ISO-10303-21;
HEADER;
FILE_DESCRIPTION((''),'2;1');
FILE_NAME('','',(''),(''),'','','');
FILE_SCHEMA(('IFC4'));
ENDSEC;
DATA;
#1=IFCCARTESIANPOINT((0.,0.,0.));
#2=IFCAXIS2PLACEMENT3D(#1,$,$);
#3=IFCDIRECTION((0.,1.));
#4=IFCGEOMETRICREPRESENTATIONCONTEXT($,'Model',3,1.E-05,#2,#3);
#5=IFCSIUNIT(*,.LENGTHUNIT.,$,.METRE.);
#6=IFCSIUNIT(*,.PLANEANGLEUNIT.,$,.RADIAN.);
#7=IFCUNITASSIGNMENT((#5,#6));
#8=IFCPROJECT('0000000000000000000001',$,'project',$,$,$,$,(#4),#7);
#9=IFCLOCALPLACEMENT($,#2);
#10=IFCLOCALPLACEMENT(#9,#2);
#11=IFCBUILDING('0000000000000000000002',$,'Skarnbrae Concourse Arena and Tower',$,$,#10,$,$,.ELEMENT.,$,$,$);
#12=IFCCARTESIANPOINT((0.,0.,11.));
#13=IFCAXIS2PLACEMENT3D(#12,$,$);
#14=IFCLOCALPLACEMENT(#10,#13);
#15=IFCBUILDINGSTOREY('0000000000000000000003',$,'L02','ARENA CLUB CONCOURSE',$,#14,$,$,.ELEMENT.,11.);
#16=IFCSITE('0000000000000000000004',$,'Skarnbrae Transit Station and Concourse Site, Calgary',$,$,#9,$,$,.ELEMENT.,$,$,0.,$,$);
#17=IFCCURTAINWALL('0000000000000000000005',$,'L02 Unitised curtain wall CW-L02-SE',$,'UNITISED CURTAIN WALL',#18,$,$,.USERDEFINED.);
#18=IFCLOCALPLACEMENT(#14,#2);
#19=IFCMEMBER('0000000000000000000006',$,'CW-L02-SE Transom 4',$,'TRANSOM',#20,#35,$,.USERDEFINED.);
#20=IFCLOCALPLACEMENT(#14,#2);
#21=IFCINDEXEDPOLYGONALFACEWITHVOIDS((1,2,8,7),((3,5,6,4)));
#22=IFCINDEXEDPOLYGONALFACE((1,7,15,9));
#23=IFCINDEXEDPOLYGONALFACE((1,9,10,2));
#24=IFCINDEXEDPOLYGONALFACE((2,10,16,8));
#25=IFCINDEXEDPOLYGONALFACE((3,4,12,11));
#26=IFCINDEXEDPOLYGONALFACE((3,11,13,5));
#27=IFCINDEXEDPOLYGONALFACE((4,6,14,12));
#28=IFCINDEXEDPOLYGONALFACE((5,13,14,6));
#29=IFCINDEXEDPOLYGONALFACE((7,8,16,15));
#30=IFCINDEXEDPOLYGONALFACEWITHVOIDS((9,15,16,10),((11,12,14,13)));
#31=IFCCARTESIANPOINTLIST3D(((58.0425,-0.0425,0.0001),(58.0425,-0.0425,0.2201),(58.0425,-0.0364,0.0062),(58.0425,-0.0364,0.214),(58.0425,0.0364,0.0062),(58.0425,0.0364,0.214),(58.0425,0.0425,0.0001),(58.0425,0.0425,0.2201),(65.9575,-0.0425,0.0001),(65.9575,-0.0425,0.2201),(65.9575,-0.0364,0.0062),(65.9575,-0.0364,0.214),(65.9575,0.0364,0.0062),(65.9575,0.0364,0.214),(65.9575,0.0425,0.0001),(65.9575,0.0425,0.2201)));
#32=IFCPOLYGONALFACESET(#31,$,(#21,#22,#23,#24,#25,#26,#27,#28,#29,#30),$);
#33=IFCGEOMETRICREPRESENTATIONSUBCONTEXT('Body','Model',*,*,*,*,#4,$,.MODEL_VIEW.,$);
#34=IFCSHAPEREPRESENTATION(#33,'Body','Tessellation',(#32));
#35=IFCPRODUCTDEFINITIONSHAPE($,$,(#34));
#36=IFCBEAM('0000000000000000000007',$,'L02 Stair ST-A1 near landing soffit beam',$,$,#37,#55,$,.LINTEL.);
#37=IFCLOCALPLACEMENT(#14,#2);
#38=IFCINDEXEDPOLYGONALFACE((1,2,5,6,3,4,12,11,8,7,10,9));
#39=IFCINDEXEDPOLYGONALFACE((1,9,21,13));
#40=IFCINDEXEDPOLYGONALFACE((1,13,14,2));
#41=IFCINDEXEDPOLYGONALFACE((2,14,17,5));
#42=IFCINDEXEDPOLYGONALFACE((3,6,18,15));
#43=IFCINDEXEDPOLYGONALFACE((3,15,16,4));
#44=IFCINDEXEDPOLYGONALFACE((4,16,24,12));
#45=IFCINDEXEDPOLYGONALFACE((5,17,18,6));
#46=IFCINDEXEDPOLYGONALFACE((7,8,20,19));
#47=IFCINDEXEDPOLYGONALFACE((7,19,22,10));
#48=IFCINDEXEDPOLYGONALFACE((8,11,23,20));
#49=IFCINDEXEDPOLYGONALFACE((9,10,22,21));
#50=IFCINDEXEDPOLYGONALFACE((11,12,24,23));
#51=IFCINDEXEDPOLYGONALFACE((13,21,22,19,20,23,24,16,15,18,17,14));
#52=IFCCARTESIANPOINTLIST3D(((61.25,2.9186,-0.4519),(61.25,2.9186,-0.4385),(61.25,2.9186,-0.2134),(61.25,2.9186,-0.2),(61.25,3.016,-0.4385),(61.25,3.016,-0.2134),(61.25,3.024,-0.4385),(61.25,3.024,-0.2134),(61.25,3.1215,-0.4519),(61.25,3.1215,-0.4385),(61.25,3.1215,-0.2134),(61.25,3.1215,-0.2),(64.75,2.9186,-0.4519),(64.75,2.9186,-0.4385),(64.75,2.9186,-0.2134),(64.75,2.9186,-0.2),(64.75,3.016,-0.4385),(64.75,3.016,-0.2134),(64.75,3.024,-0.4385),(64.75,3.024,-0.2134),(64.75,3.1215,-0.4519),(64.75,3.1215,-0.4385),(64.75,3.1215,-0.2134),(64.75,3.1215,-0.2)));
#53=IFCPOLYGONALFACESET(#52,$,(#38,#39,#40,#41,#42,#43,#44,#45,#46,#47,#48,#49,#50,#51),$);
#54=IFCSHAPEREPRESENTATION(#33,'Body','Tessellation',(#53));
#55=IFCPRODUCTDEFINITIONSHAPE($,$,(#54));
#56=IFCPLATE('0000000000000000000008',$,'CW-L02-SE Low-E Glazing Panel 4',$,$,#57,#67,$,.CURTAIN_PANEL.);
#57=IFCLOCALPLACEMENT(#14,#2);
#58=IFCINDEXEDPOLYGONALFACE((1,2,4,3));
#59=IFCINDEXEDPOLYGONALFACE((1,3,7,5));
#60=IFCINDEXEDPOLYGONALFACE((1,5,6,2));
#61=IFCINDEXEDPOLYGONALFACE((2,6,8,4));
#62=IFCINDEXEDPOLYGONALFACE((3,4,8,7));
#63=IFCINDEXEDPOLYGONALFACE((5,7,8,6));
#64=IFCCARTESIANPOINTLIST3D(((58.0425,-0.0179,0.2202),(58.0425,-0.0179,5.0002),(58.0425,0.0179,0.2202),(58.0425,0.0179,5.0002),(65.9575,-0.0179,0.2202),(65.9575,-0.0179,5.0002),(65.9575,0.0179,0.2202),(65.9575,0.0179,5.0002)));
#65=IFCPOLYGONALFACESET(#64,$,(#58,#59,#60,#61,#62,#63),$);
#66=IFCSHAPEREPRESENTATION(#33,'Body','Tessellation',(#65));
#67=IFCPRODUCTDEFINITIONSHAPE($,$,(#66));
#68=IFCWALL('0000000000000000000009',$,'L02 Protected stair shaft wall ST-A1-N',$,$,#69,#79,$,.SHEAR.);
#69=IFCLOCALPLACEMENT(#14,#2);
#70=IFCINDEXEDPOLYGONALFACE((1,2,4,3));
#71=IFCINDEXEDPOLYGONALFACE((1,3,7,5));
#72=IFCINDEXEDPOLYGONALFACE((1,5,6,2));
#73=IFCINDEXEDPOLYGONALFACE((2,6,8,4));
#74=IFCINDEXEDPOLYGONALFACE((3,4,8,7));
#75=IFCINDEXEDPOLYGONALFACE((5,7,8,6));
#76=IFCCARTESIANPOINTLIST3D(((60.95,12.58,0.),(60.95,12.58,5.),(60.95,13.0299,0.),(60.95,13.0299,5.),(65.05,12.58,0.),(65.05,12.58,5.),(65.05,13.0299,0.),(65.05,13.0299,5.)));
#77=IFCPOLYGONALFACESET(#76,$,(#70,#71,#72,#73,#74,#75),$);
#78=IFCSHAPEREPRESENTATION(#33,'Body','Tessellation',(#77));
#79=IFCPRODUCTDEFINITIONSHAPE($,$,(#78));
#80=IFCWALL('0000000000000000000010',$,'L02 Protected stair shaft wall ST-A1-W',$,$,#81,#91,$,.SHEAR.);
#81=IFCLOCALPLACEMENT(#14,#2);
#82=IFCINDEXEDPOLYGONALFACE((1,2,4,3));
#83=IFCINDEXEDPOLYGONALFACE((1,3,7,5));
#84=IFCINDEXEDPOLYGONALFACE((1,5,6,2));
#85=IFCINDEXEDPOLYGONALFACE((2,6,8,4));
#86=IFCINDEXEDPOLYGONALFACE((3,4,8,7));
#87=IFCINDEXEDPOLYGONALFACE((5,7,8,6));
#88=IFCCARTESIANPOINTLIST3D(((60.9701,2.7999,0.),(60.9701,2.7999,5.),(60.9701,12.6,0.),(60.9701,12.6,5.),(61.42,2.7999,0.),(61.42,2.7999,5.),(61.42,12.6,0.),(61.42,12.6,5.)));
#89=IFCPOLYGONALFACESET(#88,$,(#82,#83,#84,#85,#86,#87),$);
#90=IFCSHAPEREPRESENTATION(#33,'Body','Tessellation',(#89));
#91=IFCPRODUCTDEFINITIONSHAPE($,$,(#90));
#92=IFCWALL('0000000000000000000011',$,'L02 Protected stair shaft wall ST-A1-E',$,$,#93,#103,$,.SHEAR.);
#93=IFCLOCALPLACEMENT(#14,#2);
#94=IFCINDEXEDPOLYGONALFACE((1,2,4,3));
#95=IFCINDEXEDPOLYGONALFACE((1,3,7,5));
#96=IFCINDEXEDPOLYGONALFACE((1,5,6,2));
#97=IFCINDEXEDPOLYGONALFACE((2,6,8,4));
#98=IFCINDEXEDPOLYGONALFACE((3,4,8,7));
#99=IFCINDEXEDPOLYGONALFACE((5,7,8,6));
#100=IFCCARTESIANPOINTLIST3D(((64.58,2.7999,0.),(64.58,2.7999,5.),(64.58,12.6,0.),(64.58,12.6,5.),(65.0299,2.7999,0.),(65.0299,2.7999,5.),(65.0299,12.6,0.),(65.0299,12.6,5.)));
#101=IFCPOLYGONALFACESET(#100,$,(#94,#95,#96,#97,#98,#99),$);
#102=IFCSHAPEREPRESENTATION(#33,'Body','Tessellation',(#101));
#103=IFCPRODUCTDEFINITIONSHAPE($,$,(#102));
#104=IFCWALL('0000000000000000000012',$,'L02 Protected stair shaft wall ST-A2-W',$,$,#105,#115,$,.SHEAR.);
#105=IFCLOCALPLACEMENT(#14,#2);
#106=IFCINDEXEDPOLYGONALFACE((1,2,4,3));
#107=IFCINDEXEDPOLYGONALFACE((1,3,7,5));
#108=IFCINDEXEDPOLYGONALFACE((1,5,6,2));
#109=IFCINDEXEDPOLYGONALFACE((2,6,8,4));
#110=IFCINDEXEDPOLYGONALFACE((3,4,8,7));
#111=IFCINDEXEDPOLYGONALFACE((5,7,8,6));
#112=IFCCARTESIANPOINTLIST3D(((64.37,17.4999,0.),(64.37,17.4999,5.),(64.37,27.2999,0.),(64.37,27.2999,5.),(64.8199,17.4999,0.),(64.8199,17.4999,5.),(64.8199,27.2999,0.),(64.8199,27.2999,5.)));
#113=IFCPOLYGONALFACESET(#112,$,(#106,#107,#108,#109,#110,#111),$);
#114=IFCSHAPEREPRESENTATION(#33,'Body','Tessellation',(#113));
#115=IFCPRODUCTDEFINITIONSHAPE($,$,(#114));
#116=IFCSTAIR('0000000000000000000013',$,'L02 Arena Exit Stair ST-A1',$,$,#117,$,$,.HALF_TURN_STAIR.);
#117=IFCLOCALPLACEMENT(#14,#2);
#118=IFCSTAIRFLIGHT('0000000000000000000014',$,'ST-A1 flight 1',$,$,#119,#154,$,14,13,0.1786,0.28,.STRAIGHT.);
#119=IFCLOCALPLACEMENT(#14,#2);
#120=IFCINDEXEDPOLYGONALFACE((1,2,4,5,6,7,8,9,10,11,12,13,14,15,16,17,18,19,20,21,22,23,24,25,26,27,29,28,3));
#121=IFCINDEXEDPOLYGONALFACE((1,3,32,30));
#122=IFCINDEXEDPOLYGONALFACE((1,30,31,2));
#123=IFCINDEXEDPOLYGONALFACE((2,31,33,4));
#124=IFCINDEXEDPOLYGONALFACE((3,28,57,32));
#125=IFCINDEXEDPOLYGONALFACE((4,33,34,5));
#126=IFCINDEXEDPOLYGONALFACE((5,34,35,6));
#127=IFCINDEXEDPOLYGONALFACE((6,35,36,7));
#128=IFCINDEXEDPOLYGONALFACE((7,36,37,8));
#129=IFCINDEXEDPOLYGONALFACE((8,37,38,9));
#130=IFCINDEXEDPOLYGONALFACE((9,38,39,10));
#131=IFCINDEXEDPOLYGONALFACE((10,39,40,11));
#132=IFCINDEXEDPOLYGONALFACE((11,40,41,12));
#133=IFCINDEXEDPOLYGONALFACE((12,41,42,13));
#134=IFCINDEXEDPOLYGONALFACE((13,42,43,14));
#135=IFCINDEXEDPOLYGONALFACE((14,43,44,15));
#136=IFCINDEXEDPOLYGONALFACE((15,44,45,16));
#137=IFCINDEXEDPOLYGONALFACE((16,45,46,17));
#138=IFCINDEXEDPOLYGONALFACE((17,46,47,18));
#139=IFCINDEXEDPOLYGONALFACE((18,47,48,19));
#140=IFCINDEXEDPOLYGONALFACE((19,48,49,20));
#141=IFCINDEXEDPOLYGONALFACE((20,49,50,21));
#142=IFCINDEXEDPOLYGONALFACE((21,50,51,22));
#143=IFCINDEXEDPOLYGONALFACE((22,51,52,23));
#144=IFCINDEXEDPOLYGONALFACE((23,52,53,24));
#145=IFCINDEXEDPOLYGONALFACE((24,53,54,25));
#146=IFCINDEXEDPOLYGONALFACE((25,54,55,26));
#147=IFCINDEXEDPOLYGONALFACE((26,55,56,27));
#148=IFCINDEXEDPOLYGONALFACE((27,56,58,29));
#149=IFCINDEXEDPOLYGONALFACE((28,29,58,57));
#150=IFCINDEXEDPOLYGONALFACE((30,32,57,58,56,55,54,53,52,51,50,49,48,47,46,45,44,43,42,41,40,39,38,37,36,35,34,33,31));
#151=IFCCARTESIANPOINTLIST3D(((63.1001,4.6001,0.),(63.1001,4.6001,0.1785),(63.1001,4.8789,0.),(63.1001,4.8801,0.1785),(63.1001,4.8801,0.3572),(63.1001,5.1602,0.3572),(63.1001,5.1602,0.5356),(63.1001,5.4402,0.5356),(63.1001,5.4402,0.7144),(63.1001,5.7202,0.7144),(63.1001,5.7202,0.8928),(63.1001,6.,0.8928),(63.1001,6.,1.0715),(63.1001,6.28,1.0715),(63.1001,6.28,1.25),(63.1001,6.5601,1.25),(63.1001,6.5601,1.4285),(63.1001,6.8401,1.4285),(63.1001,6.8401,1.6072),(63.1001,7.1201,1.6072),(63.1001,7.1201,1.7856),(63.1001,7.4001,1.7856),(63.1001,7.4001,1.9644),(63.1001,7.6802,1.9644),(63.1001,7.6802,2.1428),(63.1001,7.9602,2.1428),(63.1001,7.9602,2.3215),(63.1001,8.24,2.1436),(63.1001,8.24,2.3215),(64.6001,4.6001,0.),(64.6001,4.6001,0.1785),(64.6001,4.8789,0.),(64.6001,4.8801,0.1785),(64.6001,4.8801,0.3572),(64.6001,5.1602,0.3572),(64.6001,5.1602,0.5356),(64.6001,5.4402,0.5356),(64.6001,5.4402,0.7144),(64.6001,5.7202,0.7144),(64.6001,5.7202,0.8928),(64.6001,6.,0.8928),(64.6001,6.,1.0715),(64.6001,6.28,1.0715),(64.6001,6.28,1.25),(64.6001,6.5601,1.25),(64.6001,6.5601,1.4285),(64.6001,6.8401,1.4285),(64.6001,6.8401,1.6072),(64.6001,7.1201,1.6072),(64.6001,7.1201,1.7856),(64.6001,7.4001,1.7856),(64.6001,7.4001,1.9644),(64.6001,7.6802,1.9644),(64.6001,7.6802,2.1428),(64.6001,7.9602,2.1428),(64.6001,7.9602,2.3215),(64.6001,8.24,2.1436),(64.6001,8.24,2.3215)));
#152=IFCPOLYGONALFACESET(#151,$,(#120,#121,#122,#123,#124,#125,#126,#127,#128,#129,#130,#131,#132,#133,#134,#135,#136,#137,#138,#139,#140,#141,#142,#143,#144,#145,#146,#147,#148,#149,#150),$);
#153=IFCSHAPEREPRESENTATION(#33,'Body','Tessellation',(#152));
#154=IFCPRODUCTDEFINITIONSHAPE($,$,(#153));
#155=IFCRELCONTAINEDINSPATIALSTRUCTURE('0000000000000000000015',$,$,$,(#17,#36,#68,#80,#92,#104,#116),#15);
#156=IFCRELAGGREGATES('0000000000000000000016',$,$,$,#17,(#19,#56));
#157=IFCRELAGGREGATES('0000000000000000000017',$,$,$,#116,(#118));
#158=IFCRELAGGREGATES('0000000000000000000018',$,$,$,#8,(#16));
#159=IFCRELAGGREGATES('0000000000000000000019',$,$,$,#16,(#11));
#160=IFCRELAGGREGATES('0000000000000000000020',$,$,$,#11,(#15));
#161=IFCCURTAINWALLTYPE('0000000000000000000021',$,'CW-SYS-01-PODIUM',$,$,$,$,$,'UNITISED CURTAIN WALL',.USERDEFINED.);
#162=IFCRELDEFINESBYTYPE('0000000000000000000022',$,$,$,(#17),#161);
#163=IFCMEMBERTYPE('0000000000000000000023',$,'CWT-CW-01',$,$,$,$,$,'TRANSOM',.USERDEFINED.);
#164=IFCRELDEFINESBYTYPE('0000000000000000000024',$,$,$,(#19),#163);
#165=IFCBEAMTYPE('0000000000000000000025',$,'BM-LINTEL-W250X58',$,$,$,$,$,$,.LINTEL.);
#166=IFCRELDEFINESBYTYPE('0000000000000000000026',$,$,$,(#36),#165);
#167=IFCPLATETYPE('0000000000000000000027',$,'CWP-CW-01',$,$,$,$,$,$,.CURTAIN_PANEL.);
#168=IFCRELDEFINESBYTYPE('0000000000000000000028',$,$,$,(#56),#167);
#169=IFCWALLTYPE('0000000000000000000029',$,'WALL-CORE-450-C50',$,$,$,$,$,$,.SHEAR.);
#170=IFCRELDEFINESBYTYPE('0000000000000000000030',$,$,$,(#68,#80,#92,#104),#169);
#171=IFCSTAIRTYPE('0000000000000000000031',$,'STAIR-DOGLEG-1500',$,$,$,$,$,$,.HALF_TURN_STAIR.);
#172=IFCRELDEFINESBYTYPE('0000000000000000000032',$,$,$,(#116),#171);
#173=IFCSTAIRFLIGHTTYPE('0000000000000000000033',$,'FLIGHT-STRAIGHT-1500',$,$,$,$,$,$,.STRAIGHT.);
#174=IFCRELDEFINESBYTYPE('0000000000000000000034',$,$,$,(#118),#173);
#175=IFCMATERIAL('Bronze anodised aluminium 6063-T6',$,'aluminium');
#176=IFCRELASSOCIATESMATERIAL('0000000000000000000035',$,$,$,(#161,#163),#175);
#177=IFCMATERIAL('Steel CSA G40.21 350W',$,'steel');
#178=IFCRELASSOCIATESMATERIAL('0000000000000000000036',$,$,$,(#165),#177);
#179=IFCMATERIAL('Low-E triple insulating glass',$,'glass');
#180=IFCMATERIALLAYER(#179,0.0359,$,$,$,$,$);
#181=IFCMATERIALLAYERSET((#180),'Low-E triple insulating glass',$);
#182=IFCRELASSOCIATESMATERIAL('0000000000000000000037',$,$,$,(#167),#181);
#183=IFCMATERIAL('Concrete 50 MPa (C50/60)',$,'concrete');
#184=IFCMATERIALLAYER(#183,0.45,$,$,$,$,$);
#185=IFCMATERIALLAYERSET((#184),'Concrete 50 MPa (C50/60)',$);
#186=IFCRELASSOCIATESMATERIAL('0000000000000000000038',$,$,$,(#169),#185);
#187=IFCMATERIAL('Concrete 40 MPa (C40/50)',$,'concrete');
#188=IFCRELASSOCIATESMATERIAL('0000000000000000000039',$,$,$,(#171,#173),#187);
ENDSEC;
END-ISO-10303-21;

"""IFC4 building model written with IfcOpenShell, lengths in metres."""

from ifc_helpers import new_model, si_unit, direction, frame, frame_2d, origin, origin_2d, place, context, subcontext, project, spatial, polyline, rectangle, hollow_rectangle, i_section, outline, extrude, source, transform, mapped, material, layer, layer_set, material_profile, profile_set, type_object, element, aggregate, save


model = new_model("IFC4")

# Units and contexts
model_context = context("Model", 3, precision=1e-05, world=origin(), true_north=direction((0.0, 1.0)))
body_context = subcontext(model_context, "Body", "Model", "MODEL_VIEW")
ifc_project = project(units=[si_unit("LENGTHUNIT", "METRE"), si_unit("PLANEANGLEUNIT", "RADIAN")], contexts=[model_context])

# Site, building, storey
site_placement = place(None, origin())
site = spatial("IfcSite", under=ifc_project, at=site_placement, Name="Skarnbrae Transit Station and Concourse Site, Calgary", CompositionType="ELEMENT", RefElevation=0.0)
building_placement = place(site_placement, origin())
building = spatial("IfcBuilding", under=site, at=building_placement, Name="Skarnbrae Concourse Arena and Tower", CompositionType="ELEMENT")
storey_placement = place(building_placement, frame((0.0, 0.0, 11.0)))
storey = spatial("IfcBuildingStorey", under=building, at=storey_placement, Name="L02", Description="ARENA CLUB CONCOURSE", CompositionType="ELEMENT", Elevation=11.0)

# Shared definitions
ifc_material_1 = material(Name="Steel CSA G40.21 350W", Category="steel")

# Curtain wall, member
ifc_material_2 = material(Name="Bronze anodised aluminium 6063-T6", Category="aluminium")
curtain_wall_type = type_object("IfcCurtainWallType", Name="CW-SYS-01-PODIUM", ElementType="UNITISED CURTAIN WALL", PredefinedType="USERDEFINED", material=ifc_material_2)
curtain_wall_placement = place(storey_placement, origin())
curtain_wall = element("IfcCurtainWall", 1, at=curtain_wall_placement, inside=storey, type_object=curtain_wall_type, Name="L02 Unitised curtain wall CW-L02-SE", ObjectType="UNITISED CURTAIN WALL", PredefinedType="USERDEFINED")
ifc_material_profile_1 = material_profile(ifc_material_2, hollow_rectangle(XDim=0.085, YDim=0.22, WallThickness=0.0061, at=origin_2d()), Name="ALU-TRAN-85X220")
ifc_profile_set_1 = profile_set([ifc_material_profile_1], Name="Bronze anodised aluminium 6063-T6")
member_type_1 = type_object("IfcMemberType", Name="CWT-CW-01", ElementType="TRANSOM", PredefinedType="USERDEFINED", material=ifc_profile_set_1)
shared_shape_1 = source(origin(), body_context, "Body", "SweptSolid", [
    extrude(hollow_rectangle(XDim=0.085, YDim=0.22, WallThickness=0.0061, at=origin_2d()), origin(), (0.0, 0.0, 1.0), 7.915),
])
member_1_placement = place(storey_placement, frame((58.0425, 0.0, 0.1101), z_axis=(1.0, 0.0, 0.0), x_axis=(0.0, 1.0, 0.0)))
member_1 = element("IfcMember", 2, at=member_1_placement, type_object=member_type_1, Name="CW-L02-SE Transom 4", ObjectType="TRANSOM", PredefinedType="USERDEFINED", context=body_context, shape_type="MappedRepresentation", body=[
    mapped(shared_shape_1, transform((0.0, 0.0, 0.0))),
])

# Beam
ifc_material_profile_2 = material_profile(ifc_material_1, i_section(OverallWidth=0.2029, OverallDepth=0.252, WebThickness=0.0081, FlangeThickness=0.0134, at=origin_2d()), Name="W250X58")
ifc_profile_set_2 = profile_set([ifc_material_profile_2], Name="Steel CSA G40.21 350W")
beam_type_1 = type_object("IfcBeamType", Name="BM-LINTEL-W250X58", PredefinedType="LINTEL", material=ifc_profile_set_2)
shared_shape_2 = source(origin(), body_context, "Body", "SweptSolid", [
    extrude(i_section(OverallWidth=0.2029, OverallDepth=0.252, WebThickness=0.0081, FlangeThickness=0.0134, at=origin_2d()), origin(), (0.0, 0.0, 1.0), 3.5),
])
beam_1_placement = place(storey_placement, frame((64.75, 3.02, -0.3259), z_axis=(-1.0, 0.0, 0.0), x_axis=(0.0, -1.0, 0.0)))
element("IfcBeam", 3, at=beam_1_placement, inside=storey, type_object=beam_type_1, Name="L02 Stair ST-A1 near landing soffit beam", PredefinedType="LINTEL", context=body_context, shape_type="MappedRepresentation", body=[
    mapped(shared_shape_2, transform((0.0, 0.0, 0.0))),
])

# Plate
ifc_material_3 = material(Name="Low-E triple insulating glass", Category="glass")
ifc_layer_1 = layer(ifc_material_3, 0.0359)
ifc_layer_set_1 = layer_set([ifc_layer_1], Name="Low-E triple insulating glass")
plate_type = type_object("IfcPlateType", Name="CWP-CW-01", PredefinedType="CURTAIN_PANEL", material=ifc_layer_set_1)
shared_shape_3 = source(origin(), body_context, "Body", "SweptSolid", [
    extrude(rectangle(XDim=7.915, YDim=0.0359, at=origin_2d()), origin(), (0.0, 0.0, 1.0), 4.78),
])
plate_placement = place(storey_placement, frame((62.0, 0.0, 0.2202), z_axis=(0.0, 0.0, 1.0), x_axis=(1.0, 0.0, 0.0)))
plate = element("IfcPlate", 4, at=plate_placement, type_object=plate_type, Name="CW-L02-SE Low-E Glazing Panel 4", PredefinedType="CURTAIN_PANEL", context=body_context, shape_type="MappedRepresentation", body=[
    mapped(shared_shape_3, transform((0.0, 0.0, 0.0))),
])
aggregate(curtain_wall, [member_1, plate])

# Shared definitions
ifc_material_4 = material(Name="Concrete 50 MPa (C50/60)", Category="concrete")
ifc_layer_2 = layer(ifc_material_4, 0.45)
ifc_layer_set_2 = layer_set([ifc_layer_2], Name="Concrete 50 MPa (C50/60)")
wall_type = type_object("IfcWallType", Name="WALL-CORE-450-C50", PredefinedType="SHEAR", material=ifc_layer_set_2)
shared_shape_4 = source(origin(), body_context, "Body", "SweptSolid", [
    extrude(rectangle(XDim=4.1001, YDim=0.45, at=frame_2d((2.05, 0.0))), origin(), (0.0, 0.0, 1.0), 5.0),
])

# Walls
wall_1_placement = place(storey_placement, frame((60.95, 12.8049, 0.0), z_axis=(0.0, 0.0, 1.0), x_axis=(1.0, 0.0, 0.0)))
element("IfcWall", 5, at=wall_1_placement, inside=storey, type_object=wall_type, Name="L02 Protected stair shaft wall ST-A1-N", PredefinedType="SHEAR", context=body_context, shape_type="MappedRepresentation", body=[
    mapped(shared_shape_4, transform((0.0, 0.0, 0.0))),
])
shared_shape_5 = source(origin(), body_context, "Body", "SweptSolid", [
    extrude(rectangle(XDim=9.8, YDim=0.45, at=frame_2d((4.8999, 0.0))), origin(), (0.0, 0.0, 1.0), 5.0),
])
for number, where, z_axis, x_axis, name in (
    (6, (61.1951, 2.8, 0.0), (0.0, 0.0, 1.0), (0.0, 1.0, 0.0), "L02 Protected stair shaft wall ST-A1-W"),
    (7, (64.8049, 2.8, 0.0), (0.0, 0.0, 1.0), (0.0, 1.0, 0.0), "L02 Protected stair shaft wall ST-A1-E"),
    (8, (64.595, 17.5, 0.0), (0.0, 0.0, 1.0), (0.0, 1.0, 0.0), "L02 Protected stair shaft wall ST-A2-W"),
):
    element("IfcWall", number, at=place(storey_placement, frame(where, z_axis=z_axis, x_axis=x_axis)), inside=storey, type_object=wall_type, Name=name, PredefinedType="SHEAR", context=body_context, shape_type="MappedRepresentation", body=[
        mapped(shared_shape_5, transform((0.0, 0.0, 0.0))),
    ])

# Stair, stair flight
ifc_material_5 = material(Name="Concrete 40 MPa (C40/50)", Category="concrete")
stair_type = type_object("IfcStairType", Name="STAIR-DOGLEG-1500", PredefinedType="HALF_TURN_STAIR", material=ifc_material_5)
stair_placement = place(storey_placement, origin())
stair = element("IfcStair", 9, at=stair_placement, inside=storey, type_object=stair_type, Name="L02 Arena Exit Stair ST-A1", PredefinedType="HALF_TURN_STAIR")
stair_flight_type = type_object("IfcStairFlightType", Name="FLIGHT-STRAIGHT-1500", PredefinedType="STRAIGHT", material=ifc_material_5)
shared_shape_6 = source(origin(), body_context, "Body", "SweptSolid", [
    extrude(outline(polyline([(0.0, 0.0), (0.0, 0.1785), (0.28, 0.1785), (0.28, 0.3572), (0.5601, 0.3572), (0.5601, 0.5356), (0.8401, 0.5356), (0.8401, 0.7144), (1.1201, 0.7144), (1.1201, 0.8928), (1.3999, 0.8928), (1.3999, 1.0715), (1.6799, 1.0715), (1.6799, 1.25), (1.96, 1.25), (1.96, 1.4285), (2.24, 1.4285), (2.24, 1.6072), (2.52, 1.6072), (2.52, 1.7856), (2.8, 1.7856), (2.8, 1.9644), (3.0801, 1.9644), (3.0801, 2.1428), (3.3601, 2.1428), (3.3601, 2.3215), (3.6399, 2.3215), (3.6399, 2.5), (3.6399, 2.1436), (0.2788, 0.0), (0.0, 0.0)])), frame((0.0, 0.75, 0.0), z_axis=(0.0, -1.0, 0.0), x_axis=(1.0, 0.0, 0.0)), (0.0, 0.0, 1.0), 1.5),
])
stair_flight_1_placement = place(storey_placement, frame((63.8501, 4.6001, 0.0), z_axis=(0.0, 0.0, 1.0), x_axis=(0.0, 1.0, 0.0)))
stair_flight_1 = element("IfcStairFlight", 10, at=stair_flight_1_placement, type_object=stair_flight_type, Name="ST-A1 flight 1", NumberOfRisers=14, NumberOfTreads=13, PredefinedType="STRAIGHT", RiserHeight=0.1786, TreadLength=0.28, context=body_context, shape_type="MappedRepresentation", body=[
    mapped(shared_shape_6, transform((0.0, 0.0, 0.0))),
])
aggregate(stair, [stair_flight_1])

save(model, "model.ifc")
